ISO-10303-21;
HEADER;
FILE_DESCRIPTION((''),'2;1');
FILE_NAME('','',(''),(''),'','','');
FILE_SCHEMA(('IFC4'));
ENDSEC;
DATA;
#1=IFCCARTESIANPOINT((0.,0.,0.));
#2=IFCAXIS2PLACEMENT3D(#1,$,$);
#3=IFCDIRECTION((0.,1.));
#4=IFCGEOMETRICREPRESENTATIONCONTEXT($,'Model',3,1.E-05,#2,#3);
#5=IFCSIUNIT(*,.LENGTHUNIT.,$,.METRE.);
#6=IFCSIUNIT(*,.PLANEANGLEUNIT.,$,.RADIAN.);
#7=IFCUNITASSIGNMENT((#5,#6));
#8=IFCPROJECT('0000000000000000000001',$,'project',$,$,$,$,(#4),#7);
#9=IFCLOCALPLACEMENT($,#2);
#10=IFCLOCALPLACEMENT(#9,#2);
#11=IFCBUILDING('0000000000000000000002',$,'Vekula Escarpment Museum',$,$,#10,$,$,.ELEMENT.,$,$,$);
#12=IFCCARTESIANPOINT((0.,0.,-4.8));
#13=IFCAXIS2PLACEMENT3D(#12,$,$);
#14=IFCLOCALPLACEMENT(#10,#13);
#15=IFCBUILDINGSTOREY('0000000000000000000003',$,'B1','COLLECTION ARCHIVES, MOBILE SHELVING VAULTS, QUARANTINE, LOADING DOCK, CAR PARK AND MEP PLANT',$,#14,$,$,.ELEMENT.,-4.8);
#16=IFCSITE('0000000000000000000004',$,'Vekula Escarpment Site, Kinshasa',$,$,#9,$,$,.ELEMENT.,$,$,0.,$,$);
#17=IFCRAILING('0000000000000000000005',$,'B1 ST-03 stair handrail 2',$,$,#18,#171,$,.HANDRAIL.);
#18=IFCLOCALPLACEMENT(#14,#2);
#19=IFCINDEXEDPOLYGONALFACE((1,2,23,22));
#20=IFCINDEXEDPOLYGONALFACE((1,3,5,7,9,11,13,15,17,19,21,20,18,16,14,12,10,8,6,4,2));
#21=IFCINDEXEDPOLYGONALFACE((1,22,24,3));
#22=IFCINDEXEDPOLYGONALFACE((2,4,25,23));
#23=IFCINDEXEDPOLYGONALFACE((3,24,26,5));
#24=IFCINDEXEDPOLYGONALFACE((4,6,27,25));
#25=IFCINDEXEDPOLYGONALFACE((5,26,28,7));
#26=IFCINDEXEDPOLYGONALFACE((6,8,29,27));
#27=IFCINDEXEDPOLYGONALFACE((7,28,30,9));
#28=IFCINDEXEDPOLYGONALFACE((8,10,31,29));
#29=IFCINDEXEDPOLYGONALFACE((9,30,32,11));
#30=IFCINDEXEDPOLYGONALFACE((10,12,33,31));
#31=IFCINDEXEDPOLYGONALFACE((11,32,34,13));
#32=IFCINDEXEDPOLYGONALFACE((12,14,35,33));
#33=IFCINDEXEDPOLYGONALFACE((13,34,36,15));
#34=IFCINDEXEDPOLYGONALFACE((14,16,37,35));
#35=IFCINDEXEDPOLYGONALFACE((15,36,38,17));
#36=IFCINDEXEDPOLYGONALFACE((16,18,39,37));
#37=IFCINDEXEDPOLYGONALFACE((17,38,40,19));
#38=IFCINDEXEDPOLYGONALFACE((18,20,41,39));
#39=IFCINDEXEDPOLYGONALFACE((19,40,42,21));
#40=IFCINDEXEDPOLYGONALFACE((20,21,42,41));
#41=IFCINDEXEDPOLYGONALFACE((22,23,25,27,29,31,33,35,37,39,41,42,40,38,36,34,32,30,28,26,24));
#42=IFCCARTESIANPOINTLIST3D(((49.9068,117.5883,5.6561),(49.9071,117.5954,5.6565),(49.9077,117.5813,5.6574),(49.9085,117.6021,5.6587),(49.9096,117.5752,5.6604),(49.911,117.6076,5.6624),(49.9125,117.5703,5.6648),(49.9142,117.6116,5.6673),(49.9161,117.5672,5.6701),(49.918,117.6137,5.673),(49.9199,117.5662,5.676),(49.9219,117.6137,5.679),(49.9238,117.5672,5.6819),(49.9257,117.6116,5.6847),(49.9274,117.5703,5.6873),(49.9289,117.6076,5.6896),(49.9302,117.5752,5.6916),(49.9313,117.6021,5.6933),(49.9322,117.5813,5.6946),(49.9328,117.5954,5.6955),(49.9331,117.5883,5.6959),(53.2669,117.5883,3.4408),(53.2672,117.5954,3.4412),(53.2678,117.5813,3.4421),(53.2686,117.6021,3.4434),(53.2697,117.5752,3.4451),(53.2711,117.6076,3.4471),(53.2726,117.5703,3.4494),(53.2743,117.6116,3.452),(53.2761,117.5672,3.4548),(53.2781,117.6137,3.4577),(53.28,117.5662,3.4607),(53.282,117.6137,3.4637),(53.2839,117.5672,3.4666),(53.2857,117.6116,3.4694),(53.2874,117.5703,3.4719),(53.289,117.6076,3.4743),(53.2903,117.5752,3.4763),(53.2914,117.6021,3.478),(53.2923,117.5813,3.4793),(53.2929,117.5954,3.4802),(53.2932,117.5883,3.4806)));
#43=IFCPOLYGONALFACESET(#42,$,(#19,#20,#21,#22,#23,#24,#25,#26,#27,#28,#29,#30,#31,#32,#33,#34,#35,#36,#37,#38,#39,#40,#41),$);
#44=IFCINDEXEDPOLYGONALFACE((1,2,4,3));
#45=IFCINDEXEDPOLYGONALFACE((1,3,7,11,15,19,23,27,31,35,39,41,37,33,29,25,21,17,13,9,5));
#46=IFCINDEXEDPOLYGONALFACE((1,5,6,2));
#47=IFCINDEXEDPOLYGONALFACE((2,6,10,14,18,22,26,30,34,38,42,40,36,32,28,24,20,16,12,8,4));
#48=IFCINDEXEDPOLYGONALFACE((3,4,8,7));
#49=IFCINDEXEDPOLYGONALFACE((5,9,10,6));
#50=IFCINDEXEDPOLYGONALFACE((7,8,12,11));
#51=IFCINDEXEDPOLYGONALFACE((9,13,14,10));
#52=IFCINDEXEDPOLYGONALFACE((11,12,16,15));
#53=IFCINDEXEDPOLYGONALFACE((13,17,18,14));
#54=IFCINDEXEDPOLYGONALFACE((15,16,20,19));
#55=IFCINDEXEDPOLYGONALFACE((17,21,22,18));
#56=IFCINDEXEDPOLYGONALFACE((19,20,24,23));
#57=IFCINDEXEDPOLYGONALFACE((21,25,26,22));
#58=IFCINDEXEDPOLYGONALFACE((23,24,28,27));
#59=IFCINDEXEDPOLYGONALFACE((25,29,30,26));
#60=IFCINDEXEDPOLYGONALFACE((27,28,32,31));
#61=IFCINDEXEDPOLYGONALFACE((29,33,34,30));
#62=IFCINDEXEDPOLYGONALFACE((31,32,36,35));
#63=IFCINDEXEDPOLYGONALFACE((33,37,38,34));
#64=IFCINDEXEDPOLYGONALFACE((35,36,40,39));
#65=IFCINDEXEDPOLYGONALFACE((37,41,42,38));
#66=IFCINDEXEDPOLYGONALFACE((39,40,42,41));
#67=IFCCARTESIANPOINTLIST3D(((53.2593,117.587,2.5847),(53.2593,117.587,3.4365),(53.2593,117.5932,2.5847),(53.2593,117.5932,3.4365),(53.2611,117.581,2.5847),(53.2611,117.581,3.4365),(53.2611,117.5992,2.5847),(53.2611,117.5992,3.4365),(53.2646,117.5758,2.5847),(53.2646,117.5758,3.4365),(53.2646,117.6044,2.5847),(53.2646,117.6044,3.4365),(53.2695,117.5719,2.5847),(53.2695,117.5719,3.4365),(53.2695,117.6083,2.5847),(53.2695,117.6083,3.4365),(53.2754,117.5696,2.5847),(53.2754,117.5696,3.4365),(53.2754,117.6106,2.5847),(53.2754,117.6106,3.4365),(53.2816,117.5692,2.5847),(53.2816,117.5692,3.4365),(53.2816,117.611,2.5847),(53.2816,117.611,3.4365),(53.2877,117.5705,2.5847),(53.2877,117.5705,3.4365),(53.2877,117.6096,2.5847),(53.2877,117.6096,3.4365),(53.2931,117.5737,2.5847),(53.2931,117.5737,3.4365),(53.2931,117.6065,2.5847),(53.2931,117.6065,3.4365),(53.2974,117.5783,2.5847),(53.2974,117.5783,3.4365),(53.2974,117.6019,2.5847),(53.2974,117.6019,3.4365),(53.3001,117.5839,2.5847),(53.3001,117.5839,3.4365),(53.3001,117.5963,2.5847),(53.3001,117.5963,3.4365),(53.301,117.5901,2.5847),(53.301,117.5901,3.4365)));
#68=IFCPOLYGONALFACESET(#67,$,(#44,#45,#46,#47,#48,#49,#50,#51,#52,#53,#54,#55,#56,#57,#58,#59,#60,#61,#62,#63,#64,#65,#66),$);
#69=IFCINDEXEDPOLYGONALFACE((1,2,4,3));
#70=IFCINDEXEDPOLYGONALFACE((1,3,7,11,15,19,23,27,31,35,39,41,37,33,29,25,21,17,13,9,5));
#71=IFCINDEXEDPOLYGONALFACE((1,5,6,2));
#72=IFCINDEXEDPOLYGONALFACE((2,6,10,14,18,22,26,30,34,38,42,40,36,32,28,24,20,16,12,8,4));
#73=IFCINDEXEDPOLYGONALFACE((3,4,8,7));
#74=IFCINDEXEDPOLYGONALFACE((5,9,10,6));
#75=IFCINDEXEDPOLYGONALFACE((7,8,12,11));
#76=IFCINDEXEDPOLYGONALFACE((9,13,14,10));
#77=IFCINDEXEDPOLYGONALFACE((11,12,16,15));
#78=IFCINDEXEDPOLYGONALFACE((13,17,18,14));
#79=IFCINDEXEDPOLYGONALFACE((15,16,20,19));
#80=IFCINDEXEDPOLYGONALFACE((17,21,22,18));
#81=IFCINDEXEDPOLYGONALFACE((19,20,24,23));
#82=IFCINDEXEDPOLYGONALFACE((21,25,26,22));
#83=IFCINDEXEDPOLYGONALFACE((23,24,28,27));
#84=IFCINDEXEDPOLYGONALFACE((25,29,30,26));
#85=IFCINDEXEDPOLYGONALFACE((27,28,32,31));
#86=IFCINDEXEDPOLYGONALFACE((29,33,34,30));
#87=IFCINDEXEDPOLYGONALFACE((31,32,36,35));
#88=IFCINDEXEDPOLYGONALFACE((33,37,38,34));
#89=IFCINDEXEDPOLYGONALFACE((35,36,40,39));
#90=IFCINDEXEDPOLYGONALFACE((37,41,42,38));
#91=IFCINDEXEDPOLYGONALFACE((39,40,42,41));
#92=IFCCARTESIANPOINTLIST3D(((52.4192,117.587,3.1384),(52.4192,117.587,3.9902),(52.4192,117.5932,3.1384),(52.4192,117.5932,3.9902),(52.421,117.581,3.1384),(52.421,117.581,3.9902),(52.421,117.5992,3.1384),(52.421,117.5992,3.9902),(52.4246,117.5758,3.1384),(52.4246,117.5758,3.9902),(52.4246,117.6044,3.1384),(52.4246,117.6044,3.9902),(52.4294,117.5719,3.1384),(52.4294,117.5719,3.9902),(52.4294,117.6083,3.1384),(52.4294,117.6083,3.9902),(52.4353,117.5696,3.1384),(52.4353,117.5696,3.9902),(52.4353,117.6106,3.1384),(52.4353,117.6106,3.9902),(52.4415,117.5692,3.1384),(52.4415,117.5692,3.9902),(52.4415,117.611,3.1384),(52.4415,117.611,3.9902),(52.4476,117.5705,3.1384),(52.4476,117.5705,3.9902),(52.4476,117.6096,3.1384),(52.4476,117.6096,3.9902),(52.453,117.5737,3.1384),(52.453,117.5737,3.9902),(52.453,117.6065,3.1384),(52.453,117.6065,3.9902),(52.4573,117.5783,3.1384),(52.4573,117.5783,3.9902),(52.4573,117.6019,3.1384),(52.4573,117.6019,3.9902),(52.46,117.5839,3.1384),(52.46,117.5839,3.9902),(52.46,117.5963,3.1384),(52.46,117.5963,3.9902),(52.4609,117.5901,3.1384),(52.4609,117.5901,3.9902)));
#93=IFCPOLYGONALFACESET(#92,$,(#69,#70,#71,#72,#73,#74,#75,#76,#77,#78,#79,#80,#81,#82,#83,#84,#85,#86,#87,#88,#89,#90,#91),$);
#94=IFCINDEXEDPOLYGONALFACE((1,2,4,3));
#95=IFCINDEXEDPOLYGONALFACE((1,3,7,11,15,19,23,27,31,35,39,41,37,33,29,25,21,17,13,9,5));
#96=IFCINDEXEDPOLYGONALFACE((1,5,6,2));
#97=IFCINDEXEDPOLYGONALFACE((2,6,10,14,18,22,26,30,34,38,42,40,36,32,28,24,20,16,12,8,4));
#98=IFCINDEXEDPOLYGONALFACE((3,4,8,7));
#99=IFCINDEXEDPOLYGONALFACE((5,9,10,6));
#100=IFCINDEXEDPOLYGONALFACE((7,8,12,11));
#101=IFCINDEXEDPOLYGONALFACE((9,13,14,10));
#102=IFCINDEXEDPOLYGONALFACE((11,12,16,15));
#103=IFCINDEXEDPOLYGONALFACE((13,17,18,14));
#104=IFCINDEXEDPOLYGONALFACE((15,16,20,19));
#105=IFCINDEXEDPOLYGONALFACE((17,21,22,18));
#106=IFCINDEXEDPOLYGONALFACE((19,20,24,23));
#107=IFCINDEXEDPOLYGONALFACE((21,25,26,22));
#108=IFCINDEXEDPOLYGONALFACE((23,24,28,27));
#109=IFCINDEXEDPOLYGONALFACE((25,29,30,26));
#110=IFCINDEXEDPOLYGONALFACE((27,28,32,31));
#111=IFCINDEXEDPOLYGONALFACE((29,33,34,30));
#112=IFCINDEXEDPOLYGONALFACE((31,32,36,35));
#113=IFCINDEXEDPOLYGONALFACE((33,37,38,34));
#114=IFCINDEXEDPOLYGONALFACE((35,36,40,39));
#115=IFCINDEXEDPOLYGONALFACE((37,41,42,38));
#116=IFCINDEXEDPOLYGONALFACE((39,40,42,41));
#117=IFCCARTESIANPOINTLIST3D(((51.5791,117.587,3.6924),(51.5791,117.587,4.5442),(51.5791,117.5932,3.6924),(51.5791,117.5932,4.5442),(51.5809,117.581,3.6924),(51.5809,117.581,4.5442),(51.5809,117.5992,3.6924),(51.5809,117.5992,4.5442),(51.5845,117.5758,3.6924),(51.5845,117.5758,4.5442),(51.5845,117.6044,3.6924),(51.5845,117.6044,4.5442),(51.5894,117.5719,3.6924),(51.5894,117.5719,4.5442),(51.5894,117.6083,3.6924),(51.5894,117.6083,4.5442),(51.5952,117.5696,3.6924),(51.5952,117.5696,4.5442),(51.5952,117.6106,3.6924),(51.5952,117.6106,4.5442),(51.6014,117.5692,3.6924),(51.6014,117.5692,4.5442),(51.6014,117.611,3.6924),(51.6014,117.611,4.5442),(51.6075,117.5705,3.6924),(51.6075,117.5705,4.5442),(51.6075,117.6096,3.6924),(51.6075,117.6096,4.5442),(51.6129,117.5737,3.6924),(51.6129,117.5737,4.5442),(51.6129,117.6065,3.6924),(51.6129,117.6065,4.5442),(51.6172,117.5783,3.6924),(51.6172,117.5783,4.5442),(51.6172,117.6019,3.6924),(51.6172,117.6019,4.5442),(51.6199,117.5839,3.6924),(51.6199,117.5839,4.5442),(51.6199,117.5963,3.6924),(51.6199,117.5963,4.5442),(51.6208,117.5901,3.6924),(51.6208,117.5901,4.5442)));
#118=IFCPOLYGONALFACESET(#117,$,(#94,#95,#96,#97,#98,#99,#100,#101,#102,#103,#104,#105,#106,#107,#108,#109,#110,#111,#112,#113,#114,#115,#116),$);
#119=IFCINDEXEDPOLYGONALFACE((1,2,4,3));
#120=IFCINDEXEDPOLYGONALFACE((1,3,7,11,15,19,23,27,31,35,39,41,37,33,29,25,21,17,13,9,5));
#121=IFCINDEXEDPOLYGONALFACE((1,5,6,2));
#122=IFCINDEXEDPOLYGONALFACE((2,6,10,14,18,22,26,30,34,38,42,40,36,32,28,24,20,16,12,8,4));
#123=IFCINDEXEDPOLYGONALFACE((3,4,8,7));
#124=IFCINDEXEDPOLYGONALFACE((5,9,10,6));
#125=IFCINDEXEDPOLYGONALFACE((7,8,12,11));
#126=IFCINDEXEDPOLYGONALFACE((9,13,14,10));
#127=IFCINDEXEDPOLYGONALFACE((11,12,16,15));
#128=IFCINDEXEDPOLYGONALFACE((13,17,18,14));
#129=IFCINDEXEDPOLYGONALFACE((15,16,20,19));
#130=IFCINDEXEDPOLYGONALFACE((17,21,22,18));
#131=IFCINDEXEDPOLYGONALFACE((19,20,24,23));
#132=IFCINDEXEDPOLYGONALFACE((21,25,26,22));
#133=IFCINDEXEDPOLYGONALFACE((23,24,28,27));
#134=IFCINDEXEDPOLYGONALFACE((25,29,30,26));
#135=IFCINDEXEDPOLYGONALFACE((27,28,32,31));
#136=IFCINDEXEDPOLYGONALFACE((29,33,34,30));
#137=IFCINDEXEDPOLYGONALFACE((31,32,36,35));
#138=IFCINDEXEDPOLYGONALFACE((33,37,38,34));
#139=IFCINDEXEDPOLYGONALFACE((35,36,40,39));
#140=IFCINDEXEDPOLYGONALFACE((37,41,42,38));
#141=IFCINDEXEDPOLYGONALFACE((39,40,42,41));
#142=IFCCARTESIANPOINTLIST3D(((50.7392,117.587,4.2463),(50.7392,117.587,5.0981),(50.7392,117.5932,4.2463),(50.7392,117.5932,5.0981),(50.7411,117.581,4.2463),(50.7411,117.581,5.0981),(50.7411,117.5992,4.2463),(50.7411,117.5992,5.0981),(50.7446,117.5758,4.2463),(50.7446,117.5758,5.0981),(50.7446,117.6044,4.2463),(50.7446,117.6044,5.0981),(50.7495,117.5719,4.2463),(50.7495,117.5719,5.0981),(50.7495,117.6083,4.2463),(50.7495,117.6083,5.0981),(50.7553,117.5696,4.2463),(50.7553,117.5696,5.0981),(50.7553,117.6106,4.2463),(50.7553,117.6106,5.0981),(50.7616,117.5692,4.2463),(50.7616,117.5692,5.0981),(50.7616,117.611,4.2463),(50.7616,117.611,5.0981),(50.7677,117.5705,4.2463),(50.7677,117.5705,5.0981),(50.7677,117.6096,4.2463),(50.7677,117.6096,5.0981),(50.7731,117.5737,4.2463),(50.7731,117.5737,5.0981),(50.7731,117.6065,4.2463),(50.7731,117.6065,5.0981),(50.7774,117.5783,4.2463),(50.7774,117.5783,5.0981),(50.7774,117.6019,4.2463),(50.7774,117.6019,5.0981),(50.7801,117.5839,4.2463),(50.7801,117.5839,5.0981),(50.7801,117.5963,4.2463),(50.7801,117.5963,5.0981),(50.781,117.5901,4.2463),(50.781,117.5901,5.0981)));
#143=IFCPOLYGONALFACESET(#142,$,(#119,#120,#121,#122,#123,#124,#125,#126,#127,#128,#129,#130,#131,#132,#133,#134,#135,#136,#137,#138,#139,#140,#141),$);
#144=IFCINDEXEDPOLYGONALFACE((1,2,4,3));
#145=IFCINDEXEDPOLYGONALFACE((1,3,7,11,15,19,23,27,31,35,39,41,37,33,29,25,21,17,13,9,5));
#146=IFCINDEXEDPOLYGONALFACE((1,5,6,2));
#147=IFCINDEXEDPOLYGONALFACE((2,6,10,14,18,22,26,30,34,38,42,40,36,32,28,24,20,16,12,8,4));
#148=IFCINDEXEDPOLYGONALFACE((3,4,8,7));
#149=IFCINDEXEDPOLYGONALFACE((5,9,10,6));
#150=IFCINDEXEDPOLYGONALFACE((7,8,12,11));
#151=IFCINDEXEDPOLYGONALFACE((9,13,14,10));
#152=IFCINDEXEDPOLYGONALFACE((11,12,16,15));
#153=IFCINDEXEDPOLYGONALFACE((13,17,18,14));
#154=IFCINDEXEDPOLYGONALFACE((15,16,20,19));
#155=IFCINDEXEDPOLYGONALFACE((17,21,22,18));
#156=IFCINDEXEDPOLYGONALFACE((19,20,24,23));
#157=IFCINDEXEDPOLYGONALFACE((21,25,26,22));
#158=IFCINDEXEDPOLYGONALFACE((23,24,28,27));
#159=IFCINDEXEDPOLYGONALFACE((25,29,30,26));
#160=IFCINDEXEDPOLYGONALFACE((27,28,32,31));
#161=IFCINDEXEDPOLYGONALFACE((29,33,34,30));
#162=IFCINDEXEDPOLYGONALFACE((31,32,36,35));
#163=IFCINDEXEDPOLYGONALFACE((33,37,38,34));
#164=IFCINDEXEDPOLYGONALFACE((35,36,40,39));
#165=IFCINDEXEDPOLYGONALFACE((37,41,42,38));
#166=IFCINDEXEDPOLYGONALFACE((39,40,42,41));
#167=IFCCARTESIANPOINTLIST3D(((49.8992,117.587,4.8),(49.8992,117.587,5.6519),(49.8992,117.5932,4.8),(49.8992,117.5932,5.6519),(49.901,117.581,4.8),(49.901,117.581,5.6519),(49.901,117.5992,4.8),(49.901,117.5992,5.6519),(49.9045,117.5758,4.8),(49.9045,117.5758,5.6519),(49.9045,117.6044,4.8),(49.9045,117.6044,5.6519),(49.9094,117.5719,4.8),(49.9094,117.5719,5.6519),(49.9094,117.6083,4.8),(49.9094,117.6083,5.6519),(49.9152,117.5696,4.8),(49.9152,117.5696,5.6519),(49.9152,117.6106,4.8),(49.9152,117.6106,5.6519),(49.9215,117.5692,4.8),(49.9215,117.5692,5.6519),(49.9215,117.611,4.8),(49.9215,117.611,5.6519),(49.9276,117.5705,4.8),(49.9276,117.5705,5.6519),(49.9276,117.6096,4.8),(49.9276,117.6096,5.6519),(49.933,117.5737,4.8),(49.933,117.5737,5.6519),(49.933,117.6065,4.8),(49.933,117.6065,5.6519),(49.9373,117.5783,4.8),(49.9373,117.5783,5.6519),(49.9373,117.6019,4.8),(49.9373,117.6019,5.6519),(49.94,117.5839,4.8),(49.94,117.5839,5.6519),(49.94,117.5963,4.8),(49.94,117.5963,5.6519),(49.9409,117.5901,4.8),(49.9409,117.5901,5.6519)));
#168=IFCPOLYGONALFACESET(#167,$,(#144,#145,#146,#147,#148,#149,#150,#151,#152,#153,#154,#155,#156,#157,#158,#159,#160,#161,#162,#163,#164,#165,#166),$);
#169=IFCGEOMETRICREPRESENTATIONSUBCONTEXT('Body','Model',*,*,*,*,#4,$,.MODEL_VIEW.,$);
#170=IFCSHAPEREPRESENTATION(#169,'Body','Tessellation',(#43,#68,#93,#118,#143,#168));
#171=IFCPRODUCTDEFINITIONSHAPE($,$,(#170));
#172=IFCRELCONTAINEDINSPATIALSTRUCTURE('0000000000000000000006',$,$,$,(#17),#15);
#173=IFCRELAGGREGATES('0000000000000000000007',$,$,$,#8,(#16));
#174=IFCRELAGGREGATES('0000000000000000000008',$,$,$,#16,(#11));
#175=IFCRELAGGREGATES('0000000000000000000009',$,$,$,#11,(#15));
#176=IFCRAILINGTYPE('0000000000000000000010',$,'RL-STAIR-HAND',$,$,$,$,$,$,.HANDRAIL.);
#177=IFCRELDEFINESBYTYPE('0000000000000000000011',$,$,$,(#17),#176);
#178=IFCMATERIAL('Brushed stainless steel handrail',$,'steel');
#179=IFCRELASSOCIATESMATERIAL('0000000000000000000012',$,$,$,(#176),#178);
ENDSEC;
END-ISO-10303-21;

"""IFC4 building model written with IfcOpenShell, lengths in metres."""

from ifc_helpers import new_model, si_unit, direction, frame, origin, origin_2d, place, context, subcontext, project, spatial, circle, extrude, material, type_object, element, save


model = new_model("IFC4")

# Units and contexts
model_context = context("Model", 3, precision=1e-05, world=origin(), true_north=direction((0.0, 1.0)))
body_context = subcontext(model_context, "Body", "Model", "MODEL_VIEW")
ifc_project = project(units=[si_unit("LENGTHUNIT", "METRE"), si_unit("PLANEANGLEUNIT", "RADIAN")], contexts=[model_context])

# Site, building, storey
site_placement = place(None, origin())
site = spatial("IfcSite", under=ifc_project, at=site_placement, Name="Vekula Escarpment Site, Kinshasa", CompositionType="ELEMENT", RefElevation=0.0)
building_placement = place(site_placement, origin())
building = spatial("IfcBuilding", under=site, at=building_placement, Name="Vekula Escarpment Museum", CompositionType="ELEMENT")
storey_placement = place(building_placement, frame((0.0, 0.0, -4.8)))
storey = spatial("IfcBuildingStorey", under=building, at=storey_placement, Name="B1", Description="COLLECTION ARCHIVES, MOBILE SHELVING VAULTS, QUARANTINE, LOADING DOCK, CAR PARK AND MEP PLANT", CompositionType="ELEMENT", Elevation=-4.8)

# Railing
ifc_material_1 = material(Name="Brushed stainless steel handrail", Category="steel")
railing_type_1 = type_object("IfcRailingType", Name="RL-STAIR-HAND", PredefinedType="HANDRAIL", material=ifc_material_1)
railing_1_placement = place(storey_placement, frame((53.28, 117.5901, 2.5847)))
element("IfcRailing", 1, at=railing_1_placement, inside=storey, type_object=railing_type_1, Name="B1 ST-03 stair handrail 2", PredefinedType="HANDRAIL", context=body_context, shape_type="SweptSolid", body=[
    extrude(circle(Radius=0.0239, at=origin_2d()), frame((0.0, 0.0, 0.876), z_axis=(-0.834876, 0.0, 0.550437), x_axis=(0.0, -1.0, 0.0)), (0.0, 0.0, 1.0), 4.0247),
    extrude(circle(Radius=0.021, at=origin_2d()), origin(), (0.0, 0.0, 1.0), 0.8518),
    extrude(circle(Radius=0.021, at=origin_2d()), frame((-0.8401, 0.0, 0.5537)), (0.0, 0.0, 1.0), 0.8518),
    extrude(circle(Radius=0.021, at=origin_2d()), frame((-1.6802, 0.0, 1.1077)), (0.0, 0.0, 1.0), 0.8518),
    extrude(circle(Radius=0.021, at=origin_2d()), frame((-2.52, 0.0, 1.6616)), (0.0, 0.0, 1.0), 0.8518),
    extrude(circle(Radius=0.021, at=origin_2d()), frame((-3.3601, 0.0, 2.2153)), (0.0, 0.0, 1.0), 0.8518),
])

save(model, "model.ifc")
